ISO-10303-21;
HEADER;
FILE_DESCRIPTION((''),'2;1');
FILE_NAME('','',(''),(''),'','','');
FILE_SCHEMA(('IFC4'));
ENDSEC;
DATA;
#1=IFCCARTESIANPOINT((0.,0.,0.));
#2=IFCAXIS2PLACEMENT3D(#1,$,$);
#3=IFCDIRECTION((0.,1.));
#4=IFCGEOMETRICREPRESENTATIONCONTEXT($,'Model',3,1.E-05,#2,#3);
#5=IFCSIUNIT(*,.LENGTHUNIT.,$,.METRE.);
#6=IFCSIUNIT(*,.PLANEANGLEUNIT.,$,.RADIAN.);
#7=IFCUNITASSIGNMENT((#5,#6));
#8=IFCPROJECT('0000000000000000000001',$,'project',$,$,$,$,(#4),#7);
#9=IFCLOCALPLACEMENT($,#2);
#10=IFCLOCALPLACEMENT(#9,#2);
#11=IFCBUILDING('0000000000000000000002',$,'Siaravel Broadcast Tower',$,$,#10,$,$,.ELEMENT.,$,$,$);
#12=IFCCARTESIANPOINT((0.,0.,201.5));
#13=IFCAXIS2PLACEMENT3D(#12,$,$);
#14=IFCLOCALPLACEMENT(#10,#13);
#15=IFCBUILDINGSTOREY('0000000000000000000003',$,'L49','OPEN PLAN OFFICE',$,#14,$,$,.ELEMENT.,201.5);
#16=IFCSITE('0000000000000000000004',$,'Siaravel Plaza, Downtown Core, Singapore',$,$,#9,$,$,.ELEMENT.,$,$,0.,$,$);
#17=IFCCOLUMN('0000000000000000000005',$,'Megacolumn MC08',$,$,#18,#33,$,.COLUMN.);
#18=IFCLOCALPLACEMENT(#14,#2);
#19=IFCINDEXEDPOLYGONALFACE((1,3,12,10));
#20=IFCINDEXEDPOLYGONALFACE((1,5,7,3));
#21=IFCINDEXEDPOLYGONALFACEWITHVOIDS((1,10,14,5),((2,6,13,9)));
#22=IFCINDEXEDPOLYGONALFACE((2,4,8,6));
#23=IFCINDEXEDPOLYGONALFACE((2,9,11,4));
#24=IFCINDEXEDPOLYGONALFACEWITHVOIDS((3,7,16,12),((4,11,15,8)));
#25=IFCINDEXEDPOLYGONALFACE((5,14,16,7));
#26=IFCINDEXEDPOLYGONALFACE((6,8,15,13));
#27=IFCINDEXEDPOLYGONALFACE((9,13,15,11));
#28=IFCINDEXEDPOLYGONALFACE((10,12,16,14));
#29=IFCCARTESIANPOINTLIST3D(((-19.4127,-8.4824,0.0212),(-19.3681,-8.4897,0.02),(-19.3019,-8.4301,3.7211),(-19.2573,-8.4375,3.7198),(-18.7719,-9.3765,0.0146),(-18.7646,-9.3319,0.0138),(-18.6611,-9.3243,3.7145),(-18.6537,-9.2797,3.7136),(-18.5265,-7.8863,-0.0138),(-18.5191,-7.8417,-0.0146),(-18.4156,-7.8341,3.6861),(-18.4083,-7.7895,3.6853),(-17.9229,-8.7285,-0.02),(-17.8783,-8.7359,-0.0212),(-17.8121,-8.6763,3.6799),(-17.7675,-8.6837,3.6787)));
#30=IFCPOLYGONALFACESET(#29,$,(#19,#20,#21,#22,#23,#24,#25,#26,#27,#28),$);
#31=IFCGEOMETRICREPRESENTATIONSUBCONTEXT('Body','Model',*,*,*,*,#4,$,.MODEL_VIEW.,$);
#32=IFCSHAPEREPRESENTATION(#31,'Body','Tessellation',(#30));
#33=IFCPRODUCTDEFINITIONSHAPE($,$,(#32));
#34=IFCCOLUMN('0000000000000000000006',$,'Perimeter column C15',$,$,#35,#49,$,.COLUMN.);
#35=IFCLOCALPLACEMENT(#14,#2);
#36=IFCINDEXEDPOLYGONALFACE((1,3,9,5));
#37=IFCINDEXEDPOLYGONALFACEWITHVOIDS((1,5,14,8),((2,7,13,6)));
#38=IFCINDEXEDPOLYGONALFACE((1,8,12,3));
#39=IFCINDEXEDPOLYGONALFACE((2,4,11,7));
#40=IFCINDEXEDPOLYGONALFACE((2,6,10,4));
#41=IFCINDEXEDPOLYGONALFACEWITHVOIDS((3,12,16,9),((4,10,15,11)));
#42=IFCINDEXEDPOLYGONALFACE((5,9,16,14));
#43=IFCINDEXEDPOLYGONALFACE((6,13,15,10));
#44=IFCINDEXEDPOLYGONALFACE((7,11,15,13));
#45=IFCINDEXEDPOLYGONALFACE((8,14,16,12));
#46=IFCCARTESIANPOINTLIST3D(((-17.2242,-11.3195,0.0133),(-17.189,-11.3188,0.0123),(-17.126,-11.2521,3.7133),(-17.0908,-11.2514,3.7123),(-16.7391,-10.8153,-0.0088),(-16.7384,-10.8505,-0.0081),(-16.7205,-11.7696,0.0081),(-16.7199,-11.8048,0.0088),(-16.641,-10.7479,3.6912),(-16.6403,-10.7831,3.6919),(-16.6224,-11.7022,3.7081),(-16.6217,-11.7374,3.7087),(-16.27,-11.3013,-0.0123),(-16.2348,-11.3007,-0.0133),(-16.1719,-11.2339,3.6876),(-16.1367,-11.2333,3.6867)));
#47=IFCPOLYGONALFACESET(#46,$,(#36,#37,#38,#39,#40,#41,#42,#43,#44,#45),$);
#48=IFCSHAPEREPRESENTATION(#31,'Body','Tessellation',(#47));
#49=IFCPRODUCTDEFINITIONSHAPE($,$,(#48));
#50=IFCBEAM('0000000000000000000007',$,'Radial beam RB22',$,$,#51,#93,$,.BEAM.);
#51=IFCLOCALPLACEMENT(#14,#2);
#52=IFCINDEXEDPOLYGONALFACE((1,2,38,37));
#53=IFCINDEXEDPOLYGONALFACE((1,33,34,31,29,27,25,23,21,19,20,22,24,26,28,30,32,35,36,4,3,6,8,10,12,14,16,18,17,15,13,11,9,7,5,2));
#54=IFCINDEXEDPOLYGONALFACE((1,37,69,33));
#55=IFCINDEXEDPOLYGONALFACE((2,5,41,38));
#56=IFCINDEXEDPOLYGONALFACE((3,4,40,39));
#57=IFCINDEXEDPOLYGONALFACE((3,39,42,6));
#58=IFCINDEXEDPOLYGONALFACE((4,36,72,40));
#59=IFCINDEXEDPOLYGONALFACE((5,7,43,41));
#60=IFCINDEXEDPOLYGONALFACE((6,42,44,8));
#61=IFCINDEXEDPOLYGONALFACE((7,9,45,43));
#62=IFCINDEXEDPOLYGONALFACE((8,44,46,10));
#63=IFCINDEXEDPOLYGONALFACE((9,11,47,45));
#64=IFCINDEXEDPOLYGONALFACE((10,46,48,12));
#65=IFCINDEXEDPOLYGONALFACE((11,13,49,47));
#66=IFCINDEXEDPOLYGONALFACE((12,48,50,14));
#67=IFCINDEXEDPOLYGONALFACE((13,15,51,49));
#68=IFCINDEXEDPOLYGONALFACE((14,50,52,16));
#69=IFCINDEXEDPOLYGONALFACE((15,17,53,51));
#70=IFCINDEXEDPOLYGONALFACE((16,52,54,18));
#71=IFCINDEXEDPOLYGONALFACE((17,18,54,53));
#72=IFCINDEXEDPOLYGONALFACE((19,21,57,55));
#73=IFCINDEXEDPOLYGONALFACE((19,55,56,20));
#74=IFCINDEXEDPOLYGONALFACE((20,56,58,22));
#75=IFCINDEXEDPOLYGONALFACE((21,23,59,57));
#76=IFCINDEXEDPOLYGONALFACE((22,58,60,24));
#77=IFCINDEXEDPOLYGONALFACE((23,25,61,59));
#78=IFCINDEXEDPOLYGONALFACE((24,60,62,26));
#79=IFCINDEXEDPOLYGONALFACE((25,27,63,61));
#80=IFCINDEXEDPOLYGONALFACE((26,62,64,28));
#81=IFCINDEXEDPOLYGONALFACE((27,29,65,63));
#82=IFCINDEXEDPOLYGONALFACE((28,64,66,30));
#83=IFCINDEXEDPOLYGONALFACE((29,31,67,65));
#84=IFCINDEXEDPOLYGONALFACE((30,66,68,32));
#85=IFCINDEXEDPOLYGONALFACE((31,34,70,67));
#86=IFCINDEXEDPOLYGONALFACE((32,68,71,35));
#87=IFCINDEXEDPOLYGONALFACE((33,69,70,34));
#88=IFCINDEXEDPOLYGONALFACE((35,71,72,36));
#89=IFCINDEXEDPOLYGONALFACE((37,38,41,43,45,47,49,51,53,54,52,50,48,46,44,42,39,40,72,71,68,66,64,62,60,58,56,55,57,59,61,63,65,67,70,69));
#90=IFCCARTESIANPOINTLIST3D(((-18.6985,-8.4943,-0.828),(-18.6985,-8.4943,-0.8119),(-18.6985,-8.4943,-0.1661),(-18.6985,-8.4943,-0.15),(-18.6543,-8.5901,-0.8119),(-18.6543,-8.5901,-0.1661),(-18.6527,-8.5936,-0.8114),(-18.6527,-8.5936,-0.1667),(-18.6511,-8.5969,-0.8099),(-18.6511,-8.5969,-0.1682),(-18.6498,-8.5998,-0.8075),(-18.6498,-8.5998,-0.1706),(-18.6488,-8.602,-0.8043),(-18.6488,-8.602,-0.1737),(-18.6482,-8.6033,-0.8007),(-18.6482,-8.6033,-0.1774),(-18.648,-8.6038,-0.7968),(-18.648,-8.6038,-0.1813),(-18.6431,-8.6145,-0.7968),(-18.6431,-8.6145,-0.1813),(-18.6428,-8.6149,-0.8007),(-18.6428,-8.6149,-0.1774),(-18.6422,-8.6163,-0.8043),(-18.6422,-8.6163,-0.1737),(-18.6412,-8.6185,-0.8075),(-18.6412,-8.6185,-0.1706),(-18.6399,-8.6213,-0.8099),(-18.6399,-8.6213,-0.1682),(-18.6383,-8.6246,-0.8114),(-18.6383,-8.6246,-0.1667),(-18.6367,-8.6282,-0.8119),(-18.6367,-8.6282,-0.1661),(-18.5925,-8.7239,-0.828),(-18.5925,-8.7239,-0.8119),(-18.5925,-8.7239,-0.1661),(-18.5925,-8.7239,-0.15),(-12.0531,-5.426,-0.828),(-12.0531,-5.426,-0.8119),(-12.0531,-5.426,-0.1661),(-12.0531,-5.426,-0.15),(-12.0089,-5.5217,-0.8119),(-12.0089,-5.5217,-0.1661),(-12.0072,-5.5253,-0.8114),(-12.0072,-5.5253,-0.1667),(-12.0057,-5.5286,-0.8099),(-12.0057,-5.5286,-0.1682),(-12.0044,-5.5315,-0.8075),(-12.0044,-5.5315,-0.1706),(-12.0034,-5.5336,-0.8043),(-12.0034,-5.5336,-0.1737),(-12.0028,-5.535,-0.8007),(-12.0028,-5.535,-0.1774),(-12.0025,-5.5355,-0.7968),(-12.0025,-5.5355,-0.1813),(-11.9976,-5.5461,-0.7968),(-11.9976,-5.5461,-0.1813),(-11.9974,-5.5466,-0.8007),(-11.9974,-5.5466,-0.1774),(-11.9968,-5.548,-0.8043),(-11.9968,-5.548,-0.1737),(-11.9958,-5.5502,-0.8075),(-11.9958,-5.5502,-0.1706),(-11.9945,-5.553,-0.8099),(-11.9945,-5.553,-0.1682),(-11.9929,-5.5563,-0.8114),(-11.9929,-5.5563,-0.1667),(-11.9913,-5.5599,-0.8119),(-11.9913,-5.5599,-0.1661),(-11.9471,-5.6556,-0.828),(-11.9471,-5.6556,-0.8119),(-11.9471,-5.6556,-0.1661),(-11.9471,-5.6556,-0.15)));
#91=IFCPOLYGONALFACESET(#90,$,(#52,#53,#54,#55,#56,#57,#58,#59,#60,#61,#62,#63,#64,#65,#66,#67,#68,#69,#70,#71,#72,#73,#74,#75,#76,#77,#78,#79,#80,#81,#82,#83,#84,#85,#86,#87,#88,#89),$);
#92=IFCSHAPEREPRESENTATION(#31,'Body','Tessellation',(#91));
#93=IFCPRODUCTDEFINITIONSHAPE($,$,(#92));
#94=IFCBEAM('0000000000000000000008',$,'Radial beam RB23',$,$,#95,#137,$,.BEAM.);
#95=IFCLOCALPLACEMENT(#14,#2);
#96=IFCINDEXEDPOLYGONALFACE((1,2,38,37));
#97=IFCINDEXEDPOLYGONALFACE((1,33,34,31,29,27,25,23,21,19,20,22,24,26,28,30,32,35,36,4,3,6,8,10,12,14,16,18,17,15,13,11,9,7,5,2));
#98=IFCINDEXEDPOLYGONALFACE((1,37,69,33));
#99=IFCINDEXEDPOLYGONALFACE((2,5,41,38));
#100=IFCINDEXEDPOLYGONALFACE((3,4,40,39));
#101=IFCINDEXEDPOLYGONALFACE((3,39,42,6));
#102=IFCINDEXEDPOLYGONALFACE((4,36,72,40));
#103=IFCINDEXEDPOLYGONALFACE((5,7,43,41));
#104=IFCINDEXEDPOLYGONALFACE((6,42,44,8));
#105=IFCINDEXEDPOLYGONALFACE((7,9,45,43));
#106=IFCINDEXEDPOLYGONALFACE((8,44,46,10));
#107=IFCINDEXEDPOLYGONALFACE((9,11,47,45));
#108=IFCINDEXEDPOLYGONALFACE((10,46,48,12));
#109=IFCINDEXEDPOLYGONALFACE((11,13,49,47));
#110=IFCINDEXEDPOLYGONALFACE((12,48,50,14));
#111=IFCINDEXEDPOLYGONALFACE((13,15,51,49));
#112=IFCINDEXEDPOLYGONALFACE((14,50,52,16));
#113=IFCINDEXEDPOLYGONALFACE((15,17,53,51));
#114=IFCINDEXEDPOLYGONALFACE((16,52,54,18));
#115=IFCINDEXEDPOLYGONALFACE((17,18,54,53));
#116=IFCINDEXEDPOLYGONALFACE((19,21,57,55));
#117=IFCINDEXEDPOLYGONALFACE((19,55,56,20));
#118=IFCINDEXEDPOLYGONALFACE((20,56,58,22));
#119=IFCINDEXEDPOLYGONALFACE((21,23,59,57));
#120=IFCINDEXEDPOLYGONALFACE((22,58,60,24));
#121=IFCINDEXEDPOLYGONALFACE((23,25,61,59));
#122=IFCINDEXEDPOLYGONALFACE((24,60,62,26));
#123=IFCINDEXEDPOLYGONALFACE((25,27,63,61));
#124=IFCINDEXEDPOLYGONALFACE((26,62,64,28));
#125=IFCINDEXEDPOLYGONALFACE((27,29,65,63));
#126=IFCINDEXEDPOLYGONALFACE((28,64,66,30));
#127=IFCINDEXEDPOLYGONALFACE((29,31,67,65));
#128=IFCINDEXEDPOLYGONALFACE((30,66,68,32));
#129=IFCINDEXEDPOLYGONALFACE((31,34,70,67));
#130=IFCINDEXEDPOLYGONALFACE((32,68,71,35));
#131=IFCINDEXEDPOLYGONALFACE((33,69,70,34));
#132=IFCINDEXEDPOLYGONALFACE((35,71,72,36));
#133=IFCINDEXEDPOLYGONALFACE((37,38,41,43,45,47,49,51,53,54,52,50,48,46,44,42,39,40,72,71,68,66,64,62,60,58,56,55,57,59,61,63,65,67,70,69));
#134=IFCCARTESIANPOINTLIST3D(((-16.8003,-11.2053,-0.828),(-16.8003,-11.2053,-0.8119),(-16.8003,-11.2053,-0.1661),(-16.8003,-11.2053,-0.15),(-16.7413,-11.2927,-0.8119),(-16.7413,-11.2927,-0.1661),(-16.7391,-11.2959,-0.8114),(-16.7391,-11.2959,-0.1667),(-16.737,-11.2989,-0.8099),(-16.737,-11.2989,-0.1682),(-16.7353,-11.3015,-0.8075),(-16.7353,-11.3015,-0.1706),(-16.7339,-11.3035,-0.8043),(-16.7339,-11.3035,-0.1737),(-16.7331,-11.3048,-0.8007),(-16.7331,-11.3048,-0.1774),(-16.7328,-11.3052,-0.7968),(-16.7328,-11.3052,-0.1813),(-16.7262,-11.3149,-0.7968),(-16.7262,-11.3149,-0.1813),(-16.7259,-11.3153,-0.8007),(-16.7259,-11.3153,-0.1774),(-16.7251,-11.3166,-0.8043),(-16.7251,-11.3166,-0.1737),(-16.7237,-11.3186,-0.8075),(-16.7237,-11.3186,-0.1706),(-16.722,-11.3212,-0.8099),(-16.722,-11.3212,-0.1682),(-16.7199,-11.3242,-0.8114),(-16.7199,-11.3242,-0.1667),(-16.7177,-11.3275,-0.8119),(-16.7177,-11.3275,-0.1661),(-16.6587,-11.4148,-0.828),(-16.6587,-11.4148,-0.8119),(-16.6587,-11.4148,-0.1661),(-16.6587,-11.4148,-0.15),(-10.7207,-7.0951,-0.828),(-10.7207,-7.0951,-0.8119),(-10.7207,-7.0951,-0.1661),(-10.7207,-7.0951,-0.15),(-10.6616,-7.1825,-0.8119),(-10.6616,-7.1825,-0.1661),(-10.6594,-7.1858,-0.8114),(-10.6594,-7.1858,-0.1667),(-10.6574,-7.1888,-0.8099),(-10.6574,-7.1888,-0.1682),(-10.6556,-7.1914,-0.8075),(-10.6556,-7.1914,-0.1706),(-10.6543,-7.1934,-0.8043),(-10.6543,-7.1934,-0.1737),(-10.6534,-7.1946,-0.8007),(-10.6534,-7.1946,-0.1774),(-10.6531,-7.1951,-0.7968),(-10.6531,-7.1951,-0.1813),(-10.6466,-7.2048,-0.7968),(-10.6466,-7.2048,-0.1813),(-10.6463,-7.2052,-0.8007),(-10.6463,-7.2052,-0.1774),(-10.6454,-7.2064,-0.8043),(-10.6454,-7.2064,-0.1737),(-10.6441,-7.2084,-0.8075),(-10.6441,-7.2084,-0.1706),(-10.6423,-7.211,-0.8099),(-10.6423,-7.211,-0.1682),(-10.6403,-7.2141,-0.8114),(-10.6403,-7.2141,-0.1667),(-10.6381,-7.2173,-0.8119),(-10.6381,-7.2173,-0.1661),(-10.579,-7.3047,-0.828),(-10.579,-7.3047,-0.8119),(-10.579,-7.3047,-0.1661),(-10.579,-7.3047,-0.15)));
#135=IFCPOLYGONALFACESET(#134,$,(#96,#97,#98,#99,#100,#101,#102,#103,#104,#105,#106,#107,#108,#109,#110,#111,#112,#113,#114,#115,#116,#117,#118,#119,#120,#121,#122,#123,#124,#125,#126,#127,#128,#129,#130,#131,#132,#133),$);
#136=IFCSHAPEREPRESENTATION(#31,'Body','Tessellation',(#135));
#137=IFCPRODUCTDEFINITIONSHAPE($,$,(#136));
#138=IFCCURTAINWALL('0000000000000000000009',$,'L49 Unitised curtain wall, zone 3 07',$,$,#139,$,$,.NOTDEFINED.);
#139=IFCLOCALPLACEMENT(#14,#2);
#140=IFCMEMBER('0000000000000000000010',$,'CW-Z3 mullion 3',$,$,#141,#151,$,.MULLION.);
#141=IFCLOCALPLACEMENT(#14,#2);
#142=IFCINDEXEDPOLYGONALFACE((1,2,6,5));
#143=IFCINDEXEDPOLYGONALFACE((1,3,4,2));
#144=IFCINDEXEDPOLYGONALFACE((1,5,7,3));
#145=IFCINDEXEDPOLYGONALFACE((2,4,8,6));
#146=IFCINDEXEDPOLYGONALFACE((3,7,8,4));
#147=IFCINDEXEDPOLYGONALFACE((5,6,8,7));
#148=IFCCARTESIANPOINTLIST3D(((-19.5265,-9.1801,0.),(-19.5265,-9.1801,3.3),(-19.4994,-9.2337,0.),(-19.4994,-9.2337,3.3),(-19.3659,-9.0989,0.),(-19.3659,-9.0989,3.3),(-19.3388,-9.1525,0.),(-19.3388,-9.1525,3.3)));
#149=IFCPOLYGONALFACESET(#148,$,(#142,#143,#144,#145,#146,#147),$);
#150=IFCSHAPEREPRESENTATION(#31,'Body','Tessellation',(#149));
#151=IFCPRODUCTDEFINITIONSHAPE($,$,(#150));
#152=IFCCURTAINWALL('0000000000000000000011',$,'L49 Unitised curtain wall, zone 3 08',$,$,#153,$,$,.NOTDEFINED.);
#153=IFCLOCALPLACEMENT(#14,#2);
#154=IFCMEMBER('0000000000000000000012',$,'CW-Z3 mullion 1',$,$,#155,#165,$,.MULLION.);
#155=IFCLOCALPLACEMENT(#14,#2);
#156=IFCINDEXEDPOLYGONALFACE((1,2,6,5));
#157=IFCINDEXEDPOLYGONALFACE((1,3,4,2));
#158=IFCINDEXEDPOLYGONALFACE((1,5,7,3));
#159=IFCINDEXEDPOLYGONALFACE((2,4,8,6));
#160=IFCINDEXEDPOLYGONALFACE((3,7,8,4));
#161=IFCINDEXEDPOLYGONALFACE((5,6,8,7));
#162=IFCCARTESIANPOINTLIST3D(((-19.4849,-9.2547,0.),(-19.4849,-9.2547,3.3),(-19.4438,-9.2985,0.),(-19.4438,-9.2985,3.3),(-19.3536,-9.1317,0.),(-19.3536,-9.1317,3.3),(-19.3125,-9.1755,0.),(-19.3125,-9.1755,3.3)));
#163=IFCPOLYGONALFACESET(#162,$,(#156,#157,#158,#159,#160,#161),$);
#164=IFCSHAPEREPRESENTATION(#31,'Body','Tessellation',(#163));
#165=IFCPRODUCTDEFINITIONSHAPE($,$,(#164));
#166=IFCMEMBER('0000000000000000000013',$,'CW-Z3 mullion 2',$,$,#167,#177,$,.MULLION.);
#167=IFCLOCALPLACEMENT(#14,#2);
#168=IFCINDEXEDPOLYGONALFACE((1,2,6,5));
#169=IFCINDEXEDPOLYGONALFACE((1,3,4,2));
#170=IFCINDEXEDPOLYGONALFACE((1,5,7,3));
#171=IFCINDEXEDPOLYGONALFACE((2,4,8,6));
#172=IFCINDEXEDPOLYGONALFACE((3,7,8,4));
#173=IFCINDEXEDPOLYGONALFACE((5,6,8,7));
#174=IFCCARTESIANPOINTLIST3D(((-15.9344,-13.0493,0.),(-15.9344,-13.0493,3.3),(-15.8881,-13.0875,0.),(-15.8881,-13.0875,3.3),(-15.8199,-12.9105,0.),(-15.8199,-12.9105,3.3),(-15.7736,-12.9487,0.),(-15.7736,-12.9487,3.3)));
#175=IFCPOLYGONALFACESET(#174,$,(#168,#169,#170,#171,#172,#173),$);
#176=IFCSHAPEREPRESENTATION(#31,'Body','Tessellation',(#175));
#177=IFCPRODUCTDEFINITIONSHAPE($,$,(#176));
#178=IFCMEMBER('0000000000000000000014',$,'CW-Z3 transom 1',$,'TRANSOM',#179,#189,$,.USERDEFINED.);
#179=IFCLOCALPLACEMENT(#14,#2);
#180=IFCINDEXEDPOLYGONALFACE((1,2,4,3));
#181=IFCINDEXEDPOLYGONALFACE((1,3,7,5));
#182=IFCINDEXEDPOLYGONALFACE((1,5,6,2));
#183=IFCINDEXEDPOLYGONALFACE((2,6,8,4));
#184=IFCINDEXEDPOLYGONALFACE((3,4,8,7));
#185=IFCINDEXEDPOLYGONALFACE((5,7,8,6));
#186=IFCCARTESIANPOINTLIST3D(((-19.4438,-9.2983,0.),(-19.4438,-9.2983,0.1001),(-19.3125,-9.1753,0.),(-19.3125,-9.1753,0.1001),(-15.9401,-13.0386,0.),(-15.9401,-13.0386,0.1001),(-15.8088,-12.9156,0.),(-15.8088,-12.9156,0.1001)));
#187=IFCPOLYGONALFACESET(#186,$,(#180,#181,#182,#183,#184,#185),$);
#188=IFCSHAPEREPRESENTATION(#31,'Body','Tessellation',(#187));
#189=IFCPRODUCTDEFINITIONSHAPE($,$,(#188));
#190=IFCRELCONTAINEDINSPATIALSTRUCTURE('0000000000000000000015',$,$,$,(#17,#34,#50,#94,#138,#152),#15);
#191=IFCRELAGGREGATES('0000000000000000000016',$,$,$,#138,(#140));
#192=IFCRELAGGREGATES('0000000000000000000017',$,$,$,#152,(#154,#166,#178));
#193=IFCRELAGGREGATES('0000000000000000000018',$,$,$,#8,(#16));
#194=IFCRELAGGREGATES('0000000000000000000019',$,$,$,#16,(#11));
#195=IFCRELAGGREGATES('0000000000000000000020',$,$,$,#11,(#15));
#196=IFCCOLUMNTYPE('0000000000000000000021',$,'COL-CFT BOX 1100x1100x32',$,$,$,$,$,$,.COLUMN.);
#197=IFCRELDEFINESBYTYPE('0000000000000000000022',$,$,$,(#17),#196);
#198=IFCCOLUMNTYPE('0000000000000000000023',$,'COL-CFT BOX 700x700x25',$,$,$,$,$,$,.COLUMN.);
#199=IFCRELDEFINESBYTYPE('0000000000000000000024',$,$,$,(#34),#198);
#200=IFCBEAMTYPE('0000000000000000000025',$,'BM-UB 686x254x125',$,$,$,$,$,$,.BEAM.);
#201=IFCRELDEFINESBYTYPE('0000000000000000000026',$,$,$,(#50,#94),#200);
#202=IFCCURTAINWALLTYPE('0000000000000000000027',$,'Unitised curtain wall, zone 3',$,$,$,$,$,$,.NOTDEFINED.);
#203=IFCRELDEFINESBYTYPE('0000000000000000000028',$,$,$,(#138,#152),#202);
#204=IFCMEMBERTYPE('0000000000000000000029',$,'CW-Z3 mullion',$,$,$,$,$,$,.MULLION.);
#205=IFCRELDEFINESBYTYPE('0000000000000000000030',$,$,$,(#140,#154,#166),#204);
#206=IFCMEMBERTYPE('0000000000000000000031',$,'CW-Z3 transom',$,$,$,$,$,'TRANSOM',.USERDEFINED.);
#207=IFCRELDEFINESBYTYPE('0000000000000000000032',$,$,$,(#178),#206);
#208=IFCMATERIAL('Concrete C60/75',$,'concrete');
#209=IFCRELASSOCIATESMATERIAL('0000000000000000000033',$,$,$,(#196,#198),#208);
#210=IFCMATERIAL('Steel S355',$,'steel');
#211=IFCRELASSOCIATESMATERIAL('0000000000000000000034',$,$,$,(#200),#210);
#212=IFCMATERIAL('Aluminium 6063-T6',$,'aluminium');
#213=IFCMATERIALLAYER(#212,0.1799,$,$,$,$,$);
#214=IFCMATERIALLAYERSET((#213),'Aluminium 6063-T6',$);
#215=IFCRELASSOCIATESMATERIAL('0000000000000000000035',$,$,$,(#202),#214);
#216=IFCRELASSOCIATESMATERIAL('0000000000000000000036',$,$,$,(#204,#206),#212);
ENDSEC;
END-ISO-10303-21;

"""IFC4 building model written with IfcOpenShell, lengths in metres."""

from ifc_helpers import new_model, si_unit, direction, frame, origin, origin_2d, place, context, subcontext, project, spatial, rectangle, hollow_rectangle, i_section, extrude, material, layer, layer_set, material_profile, profile_set, type_object, element, aggregate, save


model = new_model("IFC4")

# Units and contexts
model_context = context("Model", 3, precision=1e-05, world=origin(), true_north=direction((0.0, 1.0)))
body_context = subcontext(model_context, "Body", "Model", "MODEL_VIEW")
ifc_project = project(units=[si_unit("LENGTHUNIT", "METRE"), si_unit("PLANEANGLEUNIT", "RADIAN")], contexts=[model_context])

# Site, building, storey
site_placement = place(None, origin())
site = spatial("IfcSite", under=ifc_project, at=site_placement, Name="Siaravel Plaza, Downtown Core, Singapore", CompositionType="ELEMENT", RefElevation=0.0)
building_placement = place(site_placement, origin())
building = spatial("IfcBuilding", under=site, at=building_placement, Name="Siaravel Broadcast Tower", CompositionType="ELEMENT")
storey_placement = place(building_placement, frame((0.0, 0.0, 201.5)))
storey = spatial("IfcBuildingStorey", under=building, at=storey_placement, Name="L49", Description="OPEN PLAN OFFICE", CompositionType="ELEMENT", Elevation=201.5)

# Columns
ifc_material_1 = material(Name="Concrete C60/75", Category="concrete")
ifc_material_profile_1 = material_profile(ifc_material_1, hollow_rectangle(XDim=1.1001, YDim=1.1001, WallThickness=0.032, at=origin_2d()))
ifc_profile_set_1 = profile_set([ifc_material_profile_1], Name="Concrete C60/75")
column_type_1 = type_object("IfcColumnType", Name="COL-CFT BOX 1100x1100x32", PredefinedType="COLUMN", material=ifc_profile_set_1)
column_1_placement = place(storey_placement, frame((-18.6455, -8.6091, 0.0), z_axis=(0.029941, 0.014113, 0.999452), x_axis=(-0.582482, 0.812822, 0.005972)))
element("IfcColumn", 1, at=column_1_placement, inside=storey, type_object=column_type_1, Name="Megacolumn MC08", PredefinedType="COLUMN", context=body_context, shape_type="SweptSolid", body=[
    extrude(hollow_rectangle(XDim=1.1001, YDim=1.1001, WallThickness=0.032, at=origin_2d()), origin(), (0.0, 0.0, 1.0), 3.7019),
])
ifc_material_profile_2 = material_profile(ifc_material_1, hollow_rectangle(XDim=0.7, YDim=0.7, WallThickness=0.0249, at=origin_2d()))
ifc_profile_set_2 = profile_set([ifc_material_profile_2], Name="Concrete C60/75")
column_type_2 = type_object("IfcColumnType", Name="COL-CFT BOX 700x700x25", PredefinedType="COLUMN", material=ifc_profile_set_2)
column_2_placement = place(storey_placement, frame((-16.7295, -11.3101, 0.0), z_axis=(0.026512, 0.018202, 0.999483), x_axis=(-0.720492, 0.693433, 0.006483)))
element("IfcColumn", 2, at=column_2_placement, inside=storey, type_object=column_type_2, Name="Perimeter column C15", PredefinedType="COLUMN", context=body_context, shape_type="SweptSolid", body=[
    extrude(hollow_rectangle(XDim=0.7, YDim=0.7, WallThickness=0.0249, at=origin_2d()), origin(), (0.0, 0.0, 1.0), 3.7019),
])

# Beams
ifc_material_2 = material(Name="Steel S355", Category="steel")
ifc_material_profile_3 = material_profile(ifc_material_2, i_section(OverallWidth=0.2529, OverallDepth=0.678, WebThickness=0.0117, FlangeThickness=0.0161, FilletRadius=0.0151, at=origin_2d()))
ifc_profile_set_3 = profile_set([ifc_material_profile_3], Name="Steel S355")
beam_type = type_object("IfcBeamType", Name="BM-UB 686x254x125", PredefinedType="BEAM", material=ifc_profile_set_3)
beam_1_placement = place(storey_placement, frame((-18.6455, -8.6091, -0.489), z_axis=(0.907897, 0.419194, 0.0), x_axis=(-0.419194, 0.907897, 0.0)))
element("IfcBeam", 3, at=beam_1_placement, inside=storey, type_object=beam_type, Name="Radial beam RB22", PredefinedType="BEAM", context=body_context, shape_type="SweptSolid", body=[
    extrude(i_section(OverallWidth=0.2529, OverallDepth=0.678, WebThickness=0.0117, FlangeThickness=0.0161, FilletRadius=0.0151, at=origin_2d()), origin(), (0.0, 0.0, 1.0), 7.3196),
])
beam_2_placement = place(storey_placement, frame((-16.7295, -11.3101, -0.489), z_axis=(0.828445, 0.56007, 0.0), x_axis=(-0.56007, 0.828445, 0.0)))
element("IfcBeam", 4, at=beam_2_placement, inside=storey, type_object=beam_type, Name="Radial beam RB23", PredefinedType="BEAM", context=body_context, shape_type="SweptSolid", body=[
    extrude(i_section(OverallWidth=0.2529, OverallDepth=0.678, WebThickness=0.0117, FlangeThickness=0.0161, FilletRadius=0.0151, at=origin_2d()), origin(), (0.0, 0.0, 1.0), 7.3386),
])

# Curtain wall, member
ifc_material_3 = material(Name="Aluminium 6063-T6", Category="aluminium")
ifc_layer_1 = layer(ifc_material_3, 0.1799)
ifc_layer_set_1 = layer_set([ifc_layer_1], Name="Aluminium 6063-T6")
curtain_wall_type = type_object("IfcCurtainWallType", Name="Unitised curtain wall, zone 3", PredefinedType="NOTDEFINED", material=ifc_layer_set_1)
curtain_wall_1_placement = place(storey_placement, origin())
curtain_wall_1 = element("IfcCurtainWall", 5, at=curtain_wall_1_placement, inside=storey, type_object=curtain_wall_type, Name="L49 Unitised curtain wall, zone 3 07", PredefinedType="NOTDEFINED")
ifc_material_profile_4 = material_profile(ifc_material_3, rectangle(XDim=0.1799, YDim=0.0601, at=origin_2d()))
ifc_profile_set_4 = profile_set([ifc_material_profile_4], Name="Aluminium 6063-T6")
member_type_1 = type_object("IfcMemberType", Name="CW-Z3 mullion", PredefinedType="MULLION", material=ifc_profile_set_4)
member_1_placement = place(storey_placement, frame((-19.4326, -9.1663, 0.0), z_axis=(0.0, 0.0, 1.0), x_axis=(0.892393, 0.451259, 0.0)))
member_1 = element("IfcMember", 6, at=member_1_placement, type_object=member_type_1, Name="CW-Z3 mullion 3", PredefinedType="MULLION", context=body_context, shape_type="SweptSolid", body=[
    extrude(rectangle(XDim=0.1799, YDim=0.0601, at=origin_2d()), origin(), (0.0, 0.0, 1.0), 3.3),
])
aggregate(curtain_wall_1, [member_1])

# Curtain wall, members
curtain_wall_2_placement = place(storey_placement, origin())
curtain_wall_2 = element("IfcCurtainWall", 7, at=curtain_wall_2_placement, inside=storey, type_object=curtain_wall_type, Name="L49 Unitised curtain wall, zone 3 08", PredefinedType="NOTDEFINED")
member_2_placement = place(storey_placement, frame((-19.3987, -9.2151, 0.0), z_axis=(0.0, 0.0, 1.0), x_axis=(0.729807, 0.683653, 0.0)))
member_2 = element("IfcMember", 8, at=member_2_placement, type_object=member_type_1, Name="CW-Z3 mullion 1", PredefinedType="MULLION", context=body_context, shape_type="SweptSolid", body=[
    extrude(rectangle(XDim=0.1799, YDim=0.0601, at=origin_2d()), origin(), (0.0, 0.0, 1.0), 3.3),
])
member_3_placement = place(storey_placement, frame((-15.854, -12.999, 0.0), z_axis=(0.0, 0.0, 1.0), x_axis=(0.636221, 0.771507, 0.0)))
member_3 = element("IfcMember", 9, at=member_3_placement, type_object=member_type_1, Name="CW-Z3 mullion 2", PredefinedType="MULLION", context=body_context, shape_type="SweptSolid", body=[
    extrude(rectangle(XDim=0.1799, YDim=0.0601, at=origin_2d()), origin(), (0.0, 0.0, 1.0), 3.3),
])
ifc_material_profile_5 = material_profile(ifc_material_3, rectangle(XDim=0.1799, YDim=0.1001, at=origin_2d()))
ifc_profile_set_5 = profile_set([ifc_material_profile_5], Name="Aluminium 6063-T6")
member_type_2 = type_object("IfcMemberType", Name="CW-Z3 transom", ElementType="TRANSOM", PredefinedType="USERDEFINED", material=ifc_profile_set_5)
member_4_placement = place(storey_placement, frame((-19.3782, -9.2368, 0.05), z_axis=(0.68365, -0.72981, 0.0), x_axis=(0.72981, 0.68365, 0.0)))
member_4 = element("IfcMember", 10, at=member_4_placement, type_object=member_type_2, Name="CW-Z3 transom 1", ObjectType="TRANSOM", PredefinedType="USERDEFINED", context=body_context, shape_type="SweptSolid", body=[
    extrude(rectangle(XDim=0.1799, YDim=0.1001, at=origin_2d()), origin(), (0.0, 0.0, 1.0), 5.125),
])

aggregate(curtain_wall_2, [member_2, member_3, member_4])

save(model, "model.ifc")
